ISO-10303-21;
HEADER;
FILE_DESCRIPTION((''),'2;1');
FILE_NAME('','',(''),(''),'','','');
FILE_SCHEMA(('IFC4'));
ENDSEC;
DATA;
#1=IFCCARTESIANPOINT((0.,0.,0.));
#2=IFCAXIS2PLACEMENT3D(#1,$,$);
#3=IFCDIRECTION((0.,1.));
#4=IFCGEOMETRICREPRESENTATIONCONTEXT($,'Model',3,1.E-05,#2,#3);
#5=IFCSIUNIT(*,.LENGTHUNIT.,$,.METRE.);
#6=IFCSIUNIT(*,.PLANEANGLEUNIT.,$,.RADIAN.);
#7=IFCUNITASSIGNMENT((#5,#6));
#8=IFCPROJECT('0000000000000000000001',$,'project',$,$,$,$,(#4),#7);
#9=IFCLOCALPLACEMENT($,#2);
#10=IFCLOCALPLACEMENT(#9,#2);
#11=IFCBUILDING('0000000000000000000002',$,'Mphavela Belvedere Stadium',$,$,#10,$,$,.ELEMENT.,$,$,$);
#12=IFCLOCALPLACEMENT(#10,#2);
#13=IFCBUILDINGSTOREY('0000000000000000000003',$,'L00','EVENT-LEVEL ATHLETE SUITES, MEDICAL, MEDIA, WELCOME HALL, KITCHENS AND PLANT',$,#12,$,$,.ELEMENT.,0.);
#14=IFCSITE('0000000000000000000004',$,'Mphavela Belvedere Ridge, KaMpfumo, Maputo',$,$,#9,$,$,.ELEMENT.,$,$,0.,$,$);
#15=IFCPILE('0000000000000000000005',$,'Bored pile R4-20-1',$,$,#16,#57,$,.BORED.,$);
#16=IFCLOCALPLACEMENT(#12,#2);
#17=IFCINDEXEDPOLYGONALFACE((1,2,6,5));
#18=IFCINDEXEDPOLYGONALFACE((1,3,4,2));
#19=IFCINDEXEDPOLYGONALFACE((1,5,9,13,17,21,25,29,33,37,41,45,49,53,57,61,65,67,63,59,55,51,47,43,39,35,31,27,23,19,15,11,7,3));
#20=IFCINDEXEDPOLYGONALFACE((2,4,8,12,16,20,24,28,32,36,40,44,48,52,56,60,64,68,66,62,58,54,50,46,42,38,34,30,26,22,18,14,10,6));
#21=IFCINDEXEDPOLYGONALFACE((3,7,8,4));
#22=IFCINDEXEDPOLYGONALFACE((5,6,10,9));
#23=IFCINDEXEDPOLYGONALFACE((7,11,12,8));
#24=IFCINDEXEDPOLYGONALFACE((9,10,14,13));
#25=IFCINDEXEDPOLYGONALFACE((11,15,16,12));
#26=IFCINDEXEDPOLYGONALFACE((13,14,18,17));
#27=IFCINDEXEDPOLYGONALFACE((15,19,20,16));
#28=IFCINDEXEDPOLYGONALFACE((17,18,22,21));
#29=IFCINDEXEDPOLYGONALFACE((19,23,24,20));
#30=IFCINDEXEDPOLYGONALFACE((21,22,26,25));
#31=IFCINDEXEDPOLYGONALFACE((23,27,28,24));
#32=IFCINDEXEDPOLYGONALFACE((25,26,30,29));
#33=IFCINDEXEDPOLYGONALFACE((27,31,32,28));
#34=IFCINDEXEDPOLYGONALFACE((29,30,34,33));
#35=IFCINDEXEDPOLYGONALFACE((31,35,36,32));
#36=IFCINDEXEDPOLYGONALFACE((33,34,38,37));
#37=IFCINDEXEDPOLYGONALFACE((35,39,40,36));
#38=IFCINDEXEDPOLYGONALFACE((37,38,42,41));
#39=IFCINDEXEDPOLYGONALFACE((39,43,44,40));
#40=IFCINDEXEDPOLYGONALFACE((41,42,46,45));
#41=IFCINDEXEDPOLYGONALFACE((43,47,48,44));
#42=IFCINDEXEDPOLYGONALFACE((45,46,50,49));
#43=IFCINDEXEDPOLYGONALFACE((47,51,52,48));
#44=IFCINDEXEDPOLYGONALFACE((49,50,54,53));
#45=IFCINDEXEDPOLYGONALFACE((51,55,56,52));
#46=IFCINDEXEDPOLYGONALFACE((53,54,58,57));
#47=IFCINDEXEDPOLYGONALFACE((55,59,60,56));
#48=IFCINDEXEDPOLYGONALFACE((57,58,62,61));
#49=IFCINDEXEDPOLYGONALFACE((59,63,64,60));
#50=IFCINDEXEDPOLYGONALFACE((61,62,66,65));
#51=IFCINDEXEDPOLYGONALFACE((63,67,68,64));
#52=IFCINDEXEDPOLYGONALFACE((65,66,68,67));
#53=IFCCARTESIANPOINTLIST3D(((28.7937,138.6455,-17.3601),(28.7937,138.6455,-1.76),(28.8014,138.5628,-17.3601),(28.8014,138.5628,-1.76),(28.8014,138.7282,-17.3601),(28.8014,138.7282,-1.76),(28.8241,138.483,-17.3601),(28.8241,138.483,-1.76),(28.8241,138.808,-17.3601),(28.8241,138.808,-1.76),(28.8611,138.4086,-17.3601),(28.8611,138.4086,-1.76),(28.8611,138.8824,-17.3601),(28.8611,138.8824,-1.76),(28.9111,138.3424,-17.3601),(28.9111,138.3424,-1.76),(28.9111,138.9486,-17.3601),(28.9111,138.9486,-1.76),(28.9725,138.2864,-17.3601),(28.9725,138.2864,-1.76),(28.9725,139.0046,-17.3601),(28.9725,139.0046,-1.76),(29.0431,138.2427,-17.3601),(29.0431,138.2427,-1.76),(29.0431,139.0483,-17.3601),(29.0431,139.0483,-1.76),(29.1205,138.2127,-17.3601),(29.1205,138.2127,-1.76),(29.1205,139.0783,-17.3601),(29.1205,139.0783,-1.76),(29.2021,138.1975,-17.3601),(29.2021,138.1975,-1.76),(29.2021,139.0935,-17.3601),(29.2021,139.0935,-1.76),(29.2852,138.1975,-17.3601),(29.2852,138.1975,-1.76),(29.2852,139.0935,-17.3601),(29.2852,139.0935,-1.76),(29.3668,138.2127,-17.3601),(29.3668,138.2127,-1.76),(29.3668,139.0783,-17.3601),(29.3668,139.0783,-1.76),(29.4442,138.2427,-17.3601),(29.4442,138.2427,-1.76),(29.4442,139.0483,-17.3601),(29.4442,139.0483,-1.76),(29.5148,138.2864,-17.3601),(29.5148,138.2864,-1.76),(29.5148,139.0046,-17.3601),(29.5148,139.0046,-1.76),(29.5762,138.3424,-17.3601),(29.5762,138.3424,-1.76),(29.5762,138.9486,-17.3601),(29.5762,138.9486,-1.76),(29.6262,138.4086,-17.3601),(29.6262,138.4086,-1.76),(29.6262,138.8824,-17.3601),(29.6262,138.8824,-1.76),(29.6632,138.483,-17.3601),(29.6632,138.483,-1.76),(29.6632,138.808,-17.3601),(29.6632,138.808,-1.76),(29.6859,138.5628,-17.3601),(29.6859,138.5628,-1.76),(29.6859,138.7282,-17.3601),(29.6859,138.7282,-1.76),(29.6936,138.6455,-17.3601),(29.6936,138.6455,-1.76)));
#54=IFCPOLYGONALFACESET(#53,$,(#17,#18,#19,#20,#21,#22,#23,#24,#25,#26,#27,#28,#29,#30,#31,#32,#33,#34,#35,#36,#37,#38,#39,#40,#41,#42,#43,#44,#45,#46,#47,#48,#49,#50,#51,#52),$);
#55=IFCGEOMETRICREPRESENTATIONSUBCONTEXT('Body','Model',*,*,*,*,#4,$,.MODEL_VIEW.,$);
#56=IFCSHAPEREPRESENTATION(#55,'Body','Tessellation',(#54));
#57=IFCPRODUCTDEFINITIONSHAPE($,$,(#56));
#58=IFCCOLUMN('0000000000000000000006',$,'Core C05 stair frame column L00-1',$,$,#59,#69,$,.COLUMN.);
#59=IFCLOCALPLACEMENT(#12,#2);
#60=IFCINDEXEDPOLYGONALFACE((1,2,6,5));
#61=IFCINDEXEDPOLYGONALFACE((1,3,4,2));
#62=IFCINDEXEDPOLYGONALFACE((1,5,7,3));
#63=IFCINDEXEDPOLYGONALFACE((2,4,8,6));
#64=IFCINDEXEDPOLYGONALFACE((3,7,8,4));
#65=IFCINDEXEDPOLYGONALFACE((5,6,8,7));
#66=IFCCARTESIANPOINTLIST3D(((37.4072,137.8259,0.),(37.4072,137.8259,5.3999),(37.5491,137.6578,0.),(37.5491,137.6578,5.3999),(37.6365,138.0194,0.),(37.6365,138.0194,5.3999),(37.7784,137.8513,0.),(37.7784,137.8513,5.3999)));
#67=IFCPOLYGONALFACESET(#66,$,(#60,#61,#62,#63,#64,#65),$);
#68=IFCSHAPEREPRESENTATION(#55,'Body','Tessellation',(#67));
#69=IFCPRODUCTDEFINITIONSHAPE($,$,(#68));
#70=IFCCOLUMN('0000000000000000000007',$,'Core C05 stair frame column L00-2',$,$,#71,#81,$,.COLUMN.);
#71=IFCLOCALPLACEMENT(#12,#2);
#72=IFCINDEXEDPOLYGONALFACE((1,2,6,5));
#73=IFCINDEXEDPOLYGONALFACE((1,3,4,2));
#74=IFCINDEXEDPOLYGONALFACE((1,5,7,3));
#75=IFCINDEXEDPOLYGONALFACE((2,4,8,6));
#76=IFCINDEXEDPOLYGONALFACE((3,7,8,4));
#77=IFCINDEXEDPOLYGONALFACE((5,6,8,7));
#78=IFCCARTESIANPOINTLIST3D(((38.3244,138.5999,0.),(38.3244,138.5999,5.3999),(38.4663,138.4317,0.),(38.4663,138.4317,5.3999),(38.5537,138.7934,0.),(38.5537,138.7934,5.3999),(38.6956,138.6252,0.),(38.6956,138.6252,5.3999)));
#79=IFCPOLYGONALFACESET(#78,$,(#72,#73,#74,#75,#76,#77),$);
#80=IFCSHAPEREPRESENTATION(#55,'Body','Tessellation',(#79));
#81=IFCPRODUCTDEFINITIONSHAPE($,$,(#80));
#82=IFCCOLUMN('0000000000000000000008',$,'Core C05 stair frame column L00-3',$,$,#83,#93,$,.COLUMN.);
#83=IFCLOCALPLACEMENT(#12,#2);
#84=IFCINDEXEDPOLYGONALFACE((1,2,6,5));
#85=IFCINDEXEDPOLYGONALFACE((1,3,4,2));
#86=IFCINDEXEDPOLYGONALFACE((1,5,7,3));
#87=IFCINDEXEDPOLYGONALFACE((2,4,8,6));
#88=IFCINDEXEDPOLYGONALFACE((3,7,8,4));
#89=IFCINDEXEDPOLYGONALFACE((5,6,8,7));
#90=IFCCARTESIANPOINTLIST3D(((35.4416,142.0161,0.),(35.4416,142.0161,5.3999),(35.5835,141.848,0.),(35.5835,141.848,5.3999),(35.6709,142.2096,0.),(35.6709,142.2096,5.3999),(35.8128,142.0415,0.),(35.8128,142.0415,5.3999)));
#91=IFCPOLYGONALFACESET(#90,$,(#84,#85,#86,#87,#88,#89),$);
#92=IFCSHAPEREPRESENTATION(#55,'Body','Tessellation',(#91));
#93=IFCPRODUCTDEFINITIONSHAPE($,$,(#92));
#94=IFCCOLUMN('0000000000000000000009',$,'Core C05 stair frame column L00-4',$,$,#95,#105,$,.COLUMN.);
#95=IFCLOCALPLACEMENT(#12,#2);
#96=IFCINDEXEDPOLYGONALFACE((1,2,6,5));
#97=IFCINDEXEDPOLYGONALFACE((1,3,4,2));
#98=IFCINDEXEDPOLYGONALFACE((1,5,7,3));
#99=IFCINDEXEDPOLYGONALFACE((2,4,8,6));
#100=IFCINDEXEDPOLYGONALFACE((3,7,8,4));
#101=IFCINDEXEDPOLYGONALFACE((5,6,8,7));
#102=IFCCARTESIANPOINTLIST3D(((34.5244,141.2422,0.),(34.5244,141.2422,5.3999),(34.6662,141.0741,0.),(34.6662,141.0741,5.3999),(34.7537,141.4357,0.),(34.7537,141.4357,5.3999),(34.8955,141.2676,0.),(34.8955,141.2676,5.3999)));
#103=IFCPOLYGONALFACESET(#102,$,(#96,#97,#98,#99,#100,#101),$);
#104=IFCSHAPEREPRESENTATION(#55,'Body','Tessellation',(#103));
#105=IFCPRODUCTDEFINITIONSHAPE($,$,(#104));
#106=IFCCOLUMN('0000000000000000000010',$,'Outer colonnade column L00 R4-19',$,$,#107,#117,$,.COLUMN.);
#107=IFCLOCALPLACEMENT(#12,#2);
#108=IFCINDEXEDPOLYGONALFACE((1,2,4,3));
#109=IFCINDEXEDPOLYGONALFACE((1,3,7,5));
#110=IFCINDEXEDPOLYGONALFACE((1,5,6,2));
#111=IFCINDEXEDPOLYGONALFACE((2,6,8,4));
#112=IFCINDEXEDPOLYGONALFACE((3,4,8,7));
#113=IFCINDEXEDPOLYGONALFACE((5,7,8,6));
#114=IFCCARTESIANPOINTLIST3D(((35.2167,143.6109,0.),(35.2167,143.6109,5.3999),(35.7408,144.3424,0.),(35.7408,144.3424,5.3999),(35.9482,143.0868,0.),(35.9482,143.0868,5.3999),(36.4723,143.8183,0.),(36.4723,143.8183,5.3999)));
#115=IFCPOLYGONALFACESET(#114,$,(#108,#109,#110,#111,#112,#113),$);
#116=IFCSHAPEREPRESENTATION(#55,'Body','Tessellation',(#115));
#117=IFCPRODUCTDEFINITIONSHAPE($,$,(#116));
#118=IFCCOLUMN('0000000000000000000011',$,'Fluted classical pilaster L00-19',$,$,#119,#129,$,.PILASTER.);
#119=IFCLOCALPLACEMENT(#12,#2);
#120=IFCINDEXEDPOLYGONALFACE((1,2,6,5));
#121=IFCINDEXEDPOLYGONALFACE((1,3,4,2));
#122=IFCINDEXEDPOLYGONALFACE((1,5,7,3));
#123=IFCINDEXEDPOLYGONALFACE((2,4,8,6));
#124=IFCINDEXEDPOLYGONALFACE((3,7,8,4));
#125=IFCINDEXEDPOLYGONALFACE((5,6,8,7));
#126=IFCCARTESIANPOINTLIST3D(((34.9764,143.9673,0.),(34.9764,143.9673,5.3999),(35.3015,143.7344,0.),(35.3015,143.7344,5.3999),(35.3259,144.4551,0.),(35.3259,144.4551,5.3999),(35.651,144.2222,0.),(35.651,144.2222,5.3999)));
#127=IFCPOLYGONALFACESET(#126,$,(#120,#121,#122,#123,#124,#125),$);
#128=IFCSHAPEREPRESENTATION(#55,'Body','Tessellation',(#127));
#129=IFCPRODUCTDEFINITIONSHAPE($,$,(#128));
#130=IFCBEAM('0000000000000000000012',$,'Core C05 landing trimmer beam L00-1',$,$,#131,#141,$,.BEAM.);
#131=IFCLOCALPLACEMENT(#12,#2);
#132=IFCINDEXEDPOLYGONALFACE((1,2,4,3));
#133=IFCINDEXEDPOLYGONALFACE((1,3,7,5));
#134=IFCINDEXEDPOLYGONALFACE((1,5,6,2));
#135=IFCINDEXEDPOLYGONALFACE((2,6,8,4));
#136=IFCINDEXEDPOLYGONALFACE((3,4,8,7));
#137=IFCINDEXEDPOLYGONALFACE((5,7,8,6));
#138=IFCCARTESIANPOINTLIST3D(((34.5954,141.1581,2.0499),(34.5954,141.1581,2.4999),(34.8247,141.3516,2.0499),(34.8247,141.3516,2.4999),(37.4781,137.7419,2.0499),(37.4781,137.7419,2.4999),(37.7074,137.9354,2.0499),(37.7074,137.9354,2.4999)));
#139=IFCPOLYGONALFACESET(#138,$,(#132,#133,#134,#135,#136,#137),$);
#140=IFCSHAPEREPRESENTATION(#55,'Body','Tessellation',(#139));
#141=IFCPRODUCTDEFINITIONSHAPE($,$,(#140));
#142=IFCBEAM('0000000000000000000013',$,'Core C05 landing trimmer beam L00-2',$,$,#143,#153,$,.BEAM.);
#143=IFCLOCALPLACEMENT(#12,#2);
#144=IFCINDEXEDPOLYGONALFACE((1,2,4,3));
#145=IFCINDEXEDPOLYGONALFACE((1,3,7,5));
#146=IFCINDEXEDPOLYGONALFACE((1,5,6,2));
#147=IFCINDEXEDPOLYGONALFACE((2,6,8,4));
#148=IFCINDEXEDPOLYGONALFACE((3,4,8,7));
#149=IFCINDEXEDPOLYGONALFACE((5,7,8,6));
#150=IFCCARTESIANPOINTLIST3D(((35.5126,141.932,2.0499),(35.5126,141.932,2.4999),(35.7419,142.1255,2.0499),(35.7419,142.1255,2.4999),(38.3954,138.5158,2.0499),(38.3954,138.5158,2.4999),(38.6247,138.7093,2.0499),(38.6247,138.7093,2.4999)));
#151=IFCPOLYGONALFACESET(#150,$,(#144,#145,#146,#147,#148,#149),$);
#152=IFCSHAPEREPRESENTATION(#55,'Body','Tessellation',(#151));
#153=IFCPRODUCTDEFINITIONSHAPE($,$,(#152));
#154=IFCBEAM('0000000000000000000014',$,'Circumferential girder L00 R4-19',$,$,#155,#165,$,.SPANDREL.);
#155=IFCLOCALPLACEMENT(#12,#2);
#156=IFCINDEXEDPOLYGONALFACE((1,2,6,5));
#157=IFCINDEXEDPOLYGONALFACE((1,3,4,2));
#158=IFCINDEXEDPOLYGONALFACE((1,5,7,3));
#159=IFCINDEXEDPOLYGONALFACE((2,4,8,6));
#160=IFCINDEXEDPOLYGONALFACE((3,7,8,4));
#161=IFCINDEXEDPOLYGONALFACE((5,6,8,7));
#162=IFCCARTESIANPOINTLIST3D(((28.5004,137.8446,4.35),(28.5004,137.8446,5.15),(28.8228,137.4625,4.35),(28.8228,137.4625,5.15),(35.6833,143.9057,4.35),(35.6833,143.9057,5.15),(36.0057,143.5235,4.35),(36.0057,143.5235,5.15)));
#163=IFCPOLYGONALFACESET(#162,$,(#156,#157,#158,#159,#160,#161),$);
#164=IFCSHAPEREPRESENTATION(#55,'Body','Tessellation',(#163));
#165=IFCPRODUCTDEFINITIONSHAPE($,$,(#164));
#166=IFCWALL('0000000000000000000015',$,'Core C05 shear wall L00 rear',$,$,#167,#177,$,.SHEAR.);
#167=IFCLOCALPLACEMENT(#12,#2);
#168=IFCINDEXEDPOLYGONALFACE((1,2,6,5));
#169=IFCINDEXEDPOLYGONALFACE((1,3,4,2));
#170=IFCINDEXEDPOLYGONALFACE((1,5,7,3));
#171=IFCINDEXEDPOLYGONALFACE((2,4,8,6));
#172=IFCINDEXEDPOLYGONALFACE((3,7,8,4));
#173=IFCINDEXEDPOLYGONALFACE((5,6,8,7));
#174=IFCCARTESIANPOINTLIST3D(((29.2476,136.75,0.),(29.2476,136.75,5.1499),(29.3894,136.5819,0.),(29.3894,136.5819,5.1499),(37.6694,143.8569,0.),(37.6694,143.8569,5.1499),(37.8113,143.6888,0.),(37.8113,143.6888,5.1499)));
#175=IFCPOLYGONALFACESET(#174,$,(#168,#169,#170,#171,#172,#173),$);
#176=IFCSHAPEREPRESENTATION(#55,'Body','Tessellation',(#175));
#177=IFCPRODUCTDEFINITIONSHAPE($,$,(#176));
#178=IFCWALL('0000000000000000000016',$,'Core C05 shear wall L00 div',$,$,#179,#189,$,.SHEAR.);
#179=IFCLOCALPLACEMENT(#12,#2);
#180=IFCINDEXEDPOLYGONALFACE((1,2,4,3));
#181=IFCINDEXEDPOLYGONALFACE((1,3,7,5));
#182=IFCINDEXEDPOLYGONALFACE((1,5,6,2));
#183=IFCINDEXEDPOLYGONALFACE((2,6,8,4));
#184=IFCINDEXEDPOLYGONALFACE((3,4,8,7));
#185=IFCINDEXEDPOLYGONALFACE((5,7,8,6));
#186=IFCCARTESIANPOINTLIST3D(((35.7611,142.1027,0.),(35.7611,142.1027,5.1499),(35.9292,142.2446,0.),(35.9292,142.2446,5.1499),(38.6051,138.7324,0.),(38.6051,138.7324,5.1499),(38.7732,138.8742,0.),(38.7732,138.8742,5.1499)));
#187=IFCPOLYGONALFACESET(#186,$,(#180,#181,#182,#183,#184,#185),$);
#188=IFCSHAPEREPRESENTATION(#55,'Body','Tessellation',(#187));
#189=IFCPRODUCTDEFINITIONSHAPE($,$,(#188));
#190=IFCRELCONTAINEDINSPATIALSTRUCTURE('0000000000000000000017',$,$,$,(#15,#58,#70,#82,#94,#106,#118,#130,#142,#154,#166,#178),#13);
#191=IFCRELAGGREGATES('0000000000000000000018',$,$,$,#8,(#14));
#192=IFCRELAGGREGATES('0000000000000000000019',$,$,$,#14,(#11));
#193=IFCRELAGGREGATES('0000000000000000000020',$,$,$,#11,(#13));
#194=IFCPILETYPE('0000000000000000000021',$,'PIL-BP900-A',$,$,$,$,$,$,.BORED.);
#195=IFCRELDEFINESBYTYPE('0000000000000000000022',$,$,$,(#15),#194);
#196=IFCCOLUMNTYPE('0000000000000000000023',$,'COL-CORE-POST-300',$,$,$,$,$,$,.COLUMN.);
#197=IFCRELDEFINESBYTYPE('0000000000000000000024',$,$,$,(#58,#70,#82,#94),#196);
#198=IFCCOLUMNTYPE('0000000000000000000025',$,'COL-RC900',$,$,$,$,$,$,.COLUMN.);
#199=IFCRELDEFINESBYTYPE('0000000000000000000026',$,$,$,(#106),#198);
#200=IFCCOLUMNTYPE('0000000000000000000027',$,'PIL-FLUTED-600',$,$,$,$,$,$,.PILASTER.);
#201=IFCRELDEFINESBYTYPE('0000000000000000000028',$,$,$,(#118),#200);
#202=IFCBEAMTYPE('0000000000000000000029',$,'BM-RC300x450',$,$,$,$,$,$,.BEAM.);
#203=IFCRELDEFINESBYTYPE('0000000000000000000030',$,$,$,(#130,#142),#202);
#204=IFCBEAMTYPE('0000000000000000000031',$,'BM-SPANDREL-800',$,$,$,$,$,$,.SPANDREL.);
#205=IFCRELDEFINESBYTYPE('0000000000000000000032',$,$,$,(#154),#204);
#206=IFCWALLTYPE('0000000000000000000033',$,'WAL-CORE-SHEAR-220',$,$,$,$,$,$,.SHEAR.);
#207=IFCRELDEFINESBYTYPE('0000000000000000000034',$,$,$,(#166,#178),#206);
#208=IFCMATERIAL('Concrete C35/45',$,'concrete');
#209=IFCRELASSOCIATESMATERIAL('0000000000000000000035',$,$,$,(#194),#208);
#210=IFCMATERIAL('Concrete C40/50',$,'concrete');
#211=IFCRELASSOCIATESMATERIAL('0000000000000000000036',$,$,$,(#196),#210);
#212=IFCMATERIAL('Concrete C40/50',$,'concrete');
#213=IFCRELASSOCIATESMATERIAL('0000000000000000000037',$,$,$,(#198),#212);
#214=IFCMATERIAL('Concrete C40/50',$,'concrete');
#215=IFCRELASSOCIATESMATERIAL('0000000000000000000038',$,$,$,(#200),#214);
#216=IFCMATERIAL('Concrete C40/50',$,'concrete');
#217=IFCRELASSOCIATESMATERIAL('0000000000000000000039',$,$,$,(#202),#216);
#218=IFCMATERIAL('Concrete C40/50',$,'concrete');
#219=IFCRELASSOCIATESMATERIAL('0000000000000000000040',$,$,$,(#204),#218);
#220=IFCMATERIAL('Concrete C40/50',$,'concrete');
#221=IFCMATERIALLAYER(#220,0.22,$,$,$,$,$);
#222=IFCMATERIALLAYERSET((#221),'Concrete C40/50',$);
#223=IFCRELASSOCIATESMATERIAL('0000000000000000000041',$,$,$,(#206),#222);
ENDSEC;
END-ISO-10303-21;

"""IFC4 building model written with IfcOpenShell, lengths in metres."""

from ifc_helpers import new_model, si_unit, direction, frame, frame_2d, origin, origin_2d, place, context, subcontext, project, spatial, rectangle, circle, extrude, material, layer, layer_set, material_profile, profile_set, type_object, element, save


model = new_model("IFC4")

# Units and contexts
model_context = context("Model", 3, precision=1e-05, world=origin(), true_north=direction((0.0, 1.0)))
body_context = subcontext(model_context, "Body", "Model", "MODEL_VIEW")
ifc_project = project(units=[si_unit("LENGTHUNIT", "METRE"), si_unit("PLANEANGLEUNIT", "RADIAN")], contexts=[model_context])

# Site, building, storey
site_placement = place(None, origin())
site = spatial("IfcSite", under=ifc_project, at=site_placement, Name="Mphavela Belvedere Ridge, KaMpfumo, Maputo", CompositionType="ELEMENT", RefElevation=0.0)
building_placement = place(site_placement, origin())
building = spatial("IfcBuilding", under=site, at=building_placement, Name="Mphavela Belvedere Stadium", CompositionType="ELEMENT")
storey_placement = place(building_placement, origin())
storey = spatial("IfcBuildingStorey", under=building, at=storey_placement, Name="L00", Description="EVENT-LEVEL ATHLETE SUITES, MEDICAL, MEDIA, WELCOME HALL, KITCHENS AND PLANT", CompositionType="ELEMENT", Elevation=0.0)

# Pile
ifc_material_1 = material(Name="Concrete C35/45", Category="concrete")
ifc_material_profile_1 = material_profile(ifc_material_1, circle(Radius=0.45, at=origin_2d()), Name="BP D900")
ifc_profile_set_1 = profile_set([ifc_material_profile_1], Name="Concrete C35/45")
pile_type = type_object("IfcPileType", Name="PIL-BP900-A", PredefinedType="BORED", material=ifc_profile_set_1)
for number, where, z_axis, x_axis, name in (
    (1, (29.2437, 138.6455, -1.76), (0.0, 0.0, -1.0), (1.0, 0.0, 0.0), "Bored pile R4-20-1"),
):
    element("IfcPile", number, at=place(storey_placement, frame(where, z_axis=z_axis, x_axis=x_axis)), inside=storey, type_object=pile_type, Name=name, PredefinedType="BORED", context=body_context, shape_type="SweptSolid", body=[
        extrude(circle(Radius=0.45, at=origin_2d()), origin(), (0.0, 0.0, 1.0), 15.6001),
    ])

# Columns
ifc_material_2 = material(Name="Concrete C40/50", Category="concrete")
ifc_material_profile_2 = material_profile(ifc_material_2, rectangle(XDim=0.3, YDim=0.22, at=origin_2d()), Name="RC 300x220")
ifc_profile_set_2 = profile_set([ifc_material_profile_2], Name="Concrete C40/50")
column_type_1 = type_object("IfcColumnType", Name="COL-CORE-POST-300", PredefinedType="COLUMN", material=ifc_profile_set_2)
for number, where, z_axis, x_axis, name in (
    (2, (37.5928, 137.8386, 0.0), (0.0, 0.0, 1.0), (0.764246, 0.644924, 0.0), "Core C05 stair frame column L00-1"),
    (3, (38.51, 138.6125, 0.0), (0.0, 0.0, 1.0), (0.764246, 0.644924, 0.0), "Core C05 stair frame column L00-2"),
    (4, (35.6272, 142.0288, 0.0), (0.0, 0.0, 1.0), (0.764246, 0.644924, 0.0), "Core C05 stair frame column L00-3"),
    (5, (34.71, 141.2549, 0.0), (0.0, 0.0, 1.0), (0.764246, 0.644924, 0.0), "Core C05 stair frame column L00-4"),
):
    element("IfcColumn", number, at=place(storey_placement, frame(where, z_axis=z_axis, x_axis=x_axis)), inside=storey, type_object=column_type_1, Name=name, PredefinedType="COLUMN", context=body_context, shape_type="SweptSolid", body=[
        extrude(rectangle(XDim=0.3, YDim=0.22, at=origin_2d()), origin(), (0.0, 0.0, 1.0), 5.3999),
    ])
ifc_material_3 = material(Name="Concrete C40/50", Category="concrete")
ifc_material_profile_3 = material_profile(ifc_material_3, rectangle(XDim=0.8999, YDim=0.8999, at=origin_2d()), Name="RC 900x900")
ifc_profile_set_3 = profile_set([ifc_material_profile_3], Name="Concrete C40/50")
column_type_2 = type_object("IfcColumnType", Name="COL-RC900", PredefinedType="COLUMN", material=ifc_profile_set_3)
column_1_placement = place(storey_placement, frame((35.8445, 143.7146, 0.0), z_axis=(0.0, 0.0, 1.0), x_axis=(-0.812898, 0.582407, 0.0)))
element("IfcColumn", 6, at=column_1_placement, inside=storey, type_object=column_type_2, Name="Outer colonnade column L00 R4-19", PredefinedType="COLUMN", context=body_context, shape_type="SweptSolid", body=[
    extrude(rectangle(XDim=0.8999, YDim=0.8999, at=origin_2d()), origin(), (0.0, 0.0, 1.0), 5.3999),
])
ifc_material_4 = material(Name="Concrete C40/50", Category="concrete")
ifc_material_profile_4 = material_profile(ifc_material_4, rectangle(XDim=0.6001, YDim=0.3999, at=origin_2d()), Name="PIL 600x400")
ifc_profile_set_4 = profile_set([ifc_material_profile_4], Name="Concrete C40/50")
column_type_3 = type_object("IfcColumnType", Name="PIL-FLUTED-600", PredefinedType="PILASTER", material=ifc_profile_set_4)
column_2_placement = place(storey_placement, frame((35.3137, 144.0947, 0.0), z_axis=(0.0, 0.0, 1.0), x_axis=(-0.582407, -0.812898, 0.0)))
element("IfcColumn", 7, at=column_2_placement, inside=storey, type_object=column_type_3, Name="Fluted classical pilaster L00-19", PredefinedType="PILASTER", context=body_context, shape_type="SweptSolid", body=[
    extrude(rectangle(XDim=0.6001, YDim=0.3999, at=origin_2d()), origin(), (0.0, 0.0, 1.0), 5.3999),
])

# Beams
ifc_material_5 = material(Name="Concrete C40/50", Category="concrete")
ifc_material_profile_5 = material_profile(ifc_material_5, rectangle(XDim=0.3, YDim=0.45, at=origin_2d()), Name="RC 300x450")
ifc_profile_set_5 = profile_set([ifc_material_profile_5], Name="Concrete C40/50")
beam_type_1 = type_object("IfcBeamType", Name="BM-RC300x450", PredefinedType="BEAM", material=ifc_profile_set_5)
for number, where, z_axis, x_axis, name in (
    (8, (37.5928, 137.8386, 2.2749), (-0.644916, 0.764254, 0.0), (-0.764254, -0.644916, 0.0), "Core C05 landing trimmer beam L00-1"),
    (9, (38.51, 138.6125, 2.2749), (-0.644916, 0.764254, 0.0), (-0.764254, -0.644916, 0.0), "Core C05 landing trimmer beam L00-2"),
):
    element("IfcBeam", number, at=place(storey_placement, frame(where, z_axis=z_axis, x_axis=x_axis)), inside=storey, type_object=beam_type_1, Name=name, PredefinedType="BEAM", context=body_context, shape_type="SweptSolid", body=[
        extrude(rectangle(XDim=0.3, YDim=0.45, at=origin_2d()), origin(), (0.0, 0.0, 1.0), 4.47),
    ])
ifc_material_6 = material(Name="Concrete C40/50", Category="concrete")
ifc_material_profile_6 = material_profile(ifc_material_6, rectangle(XDim=0.5, YDim=0.8, at=origin_2d()), Name="RC 500x800")
ifc_profile_set_6 = profile_set([ifc_material_profile_6], Name="Concrete C40/50")
beam_type_2 = type_object("IfcBeamType", Name="BM-SPANDREL-800", PredefinedType="SPANDREL", material=ifc_profile_set_6)
beam_placement = place(storey_placement, frame((35.8445, 143.7146, 4.75), z_axis=(-0.764265, -0.644902, 0.0), x_axis=(0.644902, -0.764265, 0.0)))
element("IfcBeam", 10, at=beam_placement, inside=storey, type_object=beam_type_2, Name="Circumferential girder L00 R4-19", PredefinedType="SPANDREL", context=body_context, shape_type="SweptSolid", body=[
    extrude(rectangle(XDim=0.5, YDim=0.8, at=origin_2d()), origin(), (0.0, 0.0, 1.0), 9.3984),
])

# Walls
ifc_material_7 = material(Name="Concrete C40/50", Category="concrete")
ifc_layer_1 = layer(ifc_material_7, 0.22)
ifc_layer_set_1 = layer_set([ifc_layer_1], Name="Concrete C40/50")
wall_type_1 = type_object("IfcWallType", Name="WAL-CORE-SHEAR-220", PredefinedType="SHEAR", material=ifc_layer_set_1)
wall_1_placement = place(storey_placement, frame((29.3186, 136.666, 0.0), z_axis=(0.0, 0.0, 1.0), x_axis=(0.764248, 0.644923, 0.0)))
element("IfcWall", 11, at=wall_1_placement, inside=storey, type_object=wall_type_1, Name="Core C05 shear wall L00 rear", PredefinedType="SHEAR", context=body_context, shape_type="SweptSolid", body=[
    extrude(rectangle(XDim=11.0198, YDim=0.22, at=frame_2d((5.5098, 0.0))), origin(), (0.0, 0.0, 1.0), 5.1499),
])
wall_2_placement = place(storey_placement, frame((38.6892, 138.8032, 0.0), z_axis=(0.0, 0.0, 1.0), x_axis=(-0.644904, 0.764263, 0.0)))
element("IfcWall", 12, at=wall_2_placement, inside=storey, type_object=wall_type_1, Name="Core C05 shear wall L00 div", PredefinedType="SHEAR", context=body_context, shape_type="SweptSolid", body=[
    extrude(rectangle(XDim=4.4099, YDim=0.22, at=frame_2d((2.2051, 0.0))), origin(), (0.0, 0.0, 1.0), 5.1499),
])

save(model, "model.ifc")
